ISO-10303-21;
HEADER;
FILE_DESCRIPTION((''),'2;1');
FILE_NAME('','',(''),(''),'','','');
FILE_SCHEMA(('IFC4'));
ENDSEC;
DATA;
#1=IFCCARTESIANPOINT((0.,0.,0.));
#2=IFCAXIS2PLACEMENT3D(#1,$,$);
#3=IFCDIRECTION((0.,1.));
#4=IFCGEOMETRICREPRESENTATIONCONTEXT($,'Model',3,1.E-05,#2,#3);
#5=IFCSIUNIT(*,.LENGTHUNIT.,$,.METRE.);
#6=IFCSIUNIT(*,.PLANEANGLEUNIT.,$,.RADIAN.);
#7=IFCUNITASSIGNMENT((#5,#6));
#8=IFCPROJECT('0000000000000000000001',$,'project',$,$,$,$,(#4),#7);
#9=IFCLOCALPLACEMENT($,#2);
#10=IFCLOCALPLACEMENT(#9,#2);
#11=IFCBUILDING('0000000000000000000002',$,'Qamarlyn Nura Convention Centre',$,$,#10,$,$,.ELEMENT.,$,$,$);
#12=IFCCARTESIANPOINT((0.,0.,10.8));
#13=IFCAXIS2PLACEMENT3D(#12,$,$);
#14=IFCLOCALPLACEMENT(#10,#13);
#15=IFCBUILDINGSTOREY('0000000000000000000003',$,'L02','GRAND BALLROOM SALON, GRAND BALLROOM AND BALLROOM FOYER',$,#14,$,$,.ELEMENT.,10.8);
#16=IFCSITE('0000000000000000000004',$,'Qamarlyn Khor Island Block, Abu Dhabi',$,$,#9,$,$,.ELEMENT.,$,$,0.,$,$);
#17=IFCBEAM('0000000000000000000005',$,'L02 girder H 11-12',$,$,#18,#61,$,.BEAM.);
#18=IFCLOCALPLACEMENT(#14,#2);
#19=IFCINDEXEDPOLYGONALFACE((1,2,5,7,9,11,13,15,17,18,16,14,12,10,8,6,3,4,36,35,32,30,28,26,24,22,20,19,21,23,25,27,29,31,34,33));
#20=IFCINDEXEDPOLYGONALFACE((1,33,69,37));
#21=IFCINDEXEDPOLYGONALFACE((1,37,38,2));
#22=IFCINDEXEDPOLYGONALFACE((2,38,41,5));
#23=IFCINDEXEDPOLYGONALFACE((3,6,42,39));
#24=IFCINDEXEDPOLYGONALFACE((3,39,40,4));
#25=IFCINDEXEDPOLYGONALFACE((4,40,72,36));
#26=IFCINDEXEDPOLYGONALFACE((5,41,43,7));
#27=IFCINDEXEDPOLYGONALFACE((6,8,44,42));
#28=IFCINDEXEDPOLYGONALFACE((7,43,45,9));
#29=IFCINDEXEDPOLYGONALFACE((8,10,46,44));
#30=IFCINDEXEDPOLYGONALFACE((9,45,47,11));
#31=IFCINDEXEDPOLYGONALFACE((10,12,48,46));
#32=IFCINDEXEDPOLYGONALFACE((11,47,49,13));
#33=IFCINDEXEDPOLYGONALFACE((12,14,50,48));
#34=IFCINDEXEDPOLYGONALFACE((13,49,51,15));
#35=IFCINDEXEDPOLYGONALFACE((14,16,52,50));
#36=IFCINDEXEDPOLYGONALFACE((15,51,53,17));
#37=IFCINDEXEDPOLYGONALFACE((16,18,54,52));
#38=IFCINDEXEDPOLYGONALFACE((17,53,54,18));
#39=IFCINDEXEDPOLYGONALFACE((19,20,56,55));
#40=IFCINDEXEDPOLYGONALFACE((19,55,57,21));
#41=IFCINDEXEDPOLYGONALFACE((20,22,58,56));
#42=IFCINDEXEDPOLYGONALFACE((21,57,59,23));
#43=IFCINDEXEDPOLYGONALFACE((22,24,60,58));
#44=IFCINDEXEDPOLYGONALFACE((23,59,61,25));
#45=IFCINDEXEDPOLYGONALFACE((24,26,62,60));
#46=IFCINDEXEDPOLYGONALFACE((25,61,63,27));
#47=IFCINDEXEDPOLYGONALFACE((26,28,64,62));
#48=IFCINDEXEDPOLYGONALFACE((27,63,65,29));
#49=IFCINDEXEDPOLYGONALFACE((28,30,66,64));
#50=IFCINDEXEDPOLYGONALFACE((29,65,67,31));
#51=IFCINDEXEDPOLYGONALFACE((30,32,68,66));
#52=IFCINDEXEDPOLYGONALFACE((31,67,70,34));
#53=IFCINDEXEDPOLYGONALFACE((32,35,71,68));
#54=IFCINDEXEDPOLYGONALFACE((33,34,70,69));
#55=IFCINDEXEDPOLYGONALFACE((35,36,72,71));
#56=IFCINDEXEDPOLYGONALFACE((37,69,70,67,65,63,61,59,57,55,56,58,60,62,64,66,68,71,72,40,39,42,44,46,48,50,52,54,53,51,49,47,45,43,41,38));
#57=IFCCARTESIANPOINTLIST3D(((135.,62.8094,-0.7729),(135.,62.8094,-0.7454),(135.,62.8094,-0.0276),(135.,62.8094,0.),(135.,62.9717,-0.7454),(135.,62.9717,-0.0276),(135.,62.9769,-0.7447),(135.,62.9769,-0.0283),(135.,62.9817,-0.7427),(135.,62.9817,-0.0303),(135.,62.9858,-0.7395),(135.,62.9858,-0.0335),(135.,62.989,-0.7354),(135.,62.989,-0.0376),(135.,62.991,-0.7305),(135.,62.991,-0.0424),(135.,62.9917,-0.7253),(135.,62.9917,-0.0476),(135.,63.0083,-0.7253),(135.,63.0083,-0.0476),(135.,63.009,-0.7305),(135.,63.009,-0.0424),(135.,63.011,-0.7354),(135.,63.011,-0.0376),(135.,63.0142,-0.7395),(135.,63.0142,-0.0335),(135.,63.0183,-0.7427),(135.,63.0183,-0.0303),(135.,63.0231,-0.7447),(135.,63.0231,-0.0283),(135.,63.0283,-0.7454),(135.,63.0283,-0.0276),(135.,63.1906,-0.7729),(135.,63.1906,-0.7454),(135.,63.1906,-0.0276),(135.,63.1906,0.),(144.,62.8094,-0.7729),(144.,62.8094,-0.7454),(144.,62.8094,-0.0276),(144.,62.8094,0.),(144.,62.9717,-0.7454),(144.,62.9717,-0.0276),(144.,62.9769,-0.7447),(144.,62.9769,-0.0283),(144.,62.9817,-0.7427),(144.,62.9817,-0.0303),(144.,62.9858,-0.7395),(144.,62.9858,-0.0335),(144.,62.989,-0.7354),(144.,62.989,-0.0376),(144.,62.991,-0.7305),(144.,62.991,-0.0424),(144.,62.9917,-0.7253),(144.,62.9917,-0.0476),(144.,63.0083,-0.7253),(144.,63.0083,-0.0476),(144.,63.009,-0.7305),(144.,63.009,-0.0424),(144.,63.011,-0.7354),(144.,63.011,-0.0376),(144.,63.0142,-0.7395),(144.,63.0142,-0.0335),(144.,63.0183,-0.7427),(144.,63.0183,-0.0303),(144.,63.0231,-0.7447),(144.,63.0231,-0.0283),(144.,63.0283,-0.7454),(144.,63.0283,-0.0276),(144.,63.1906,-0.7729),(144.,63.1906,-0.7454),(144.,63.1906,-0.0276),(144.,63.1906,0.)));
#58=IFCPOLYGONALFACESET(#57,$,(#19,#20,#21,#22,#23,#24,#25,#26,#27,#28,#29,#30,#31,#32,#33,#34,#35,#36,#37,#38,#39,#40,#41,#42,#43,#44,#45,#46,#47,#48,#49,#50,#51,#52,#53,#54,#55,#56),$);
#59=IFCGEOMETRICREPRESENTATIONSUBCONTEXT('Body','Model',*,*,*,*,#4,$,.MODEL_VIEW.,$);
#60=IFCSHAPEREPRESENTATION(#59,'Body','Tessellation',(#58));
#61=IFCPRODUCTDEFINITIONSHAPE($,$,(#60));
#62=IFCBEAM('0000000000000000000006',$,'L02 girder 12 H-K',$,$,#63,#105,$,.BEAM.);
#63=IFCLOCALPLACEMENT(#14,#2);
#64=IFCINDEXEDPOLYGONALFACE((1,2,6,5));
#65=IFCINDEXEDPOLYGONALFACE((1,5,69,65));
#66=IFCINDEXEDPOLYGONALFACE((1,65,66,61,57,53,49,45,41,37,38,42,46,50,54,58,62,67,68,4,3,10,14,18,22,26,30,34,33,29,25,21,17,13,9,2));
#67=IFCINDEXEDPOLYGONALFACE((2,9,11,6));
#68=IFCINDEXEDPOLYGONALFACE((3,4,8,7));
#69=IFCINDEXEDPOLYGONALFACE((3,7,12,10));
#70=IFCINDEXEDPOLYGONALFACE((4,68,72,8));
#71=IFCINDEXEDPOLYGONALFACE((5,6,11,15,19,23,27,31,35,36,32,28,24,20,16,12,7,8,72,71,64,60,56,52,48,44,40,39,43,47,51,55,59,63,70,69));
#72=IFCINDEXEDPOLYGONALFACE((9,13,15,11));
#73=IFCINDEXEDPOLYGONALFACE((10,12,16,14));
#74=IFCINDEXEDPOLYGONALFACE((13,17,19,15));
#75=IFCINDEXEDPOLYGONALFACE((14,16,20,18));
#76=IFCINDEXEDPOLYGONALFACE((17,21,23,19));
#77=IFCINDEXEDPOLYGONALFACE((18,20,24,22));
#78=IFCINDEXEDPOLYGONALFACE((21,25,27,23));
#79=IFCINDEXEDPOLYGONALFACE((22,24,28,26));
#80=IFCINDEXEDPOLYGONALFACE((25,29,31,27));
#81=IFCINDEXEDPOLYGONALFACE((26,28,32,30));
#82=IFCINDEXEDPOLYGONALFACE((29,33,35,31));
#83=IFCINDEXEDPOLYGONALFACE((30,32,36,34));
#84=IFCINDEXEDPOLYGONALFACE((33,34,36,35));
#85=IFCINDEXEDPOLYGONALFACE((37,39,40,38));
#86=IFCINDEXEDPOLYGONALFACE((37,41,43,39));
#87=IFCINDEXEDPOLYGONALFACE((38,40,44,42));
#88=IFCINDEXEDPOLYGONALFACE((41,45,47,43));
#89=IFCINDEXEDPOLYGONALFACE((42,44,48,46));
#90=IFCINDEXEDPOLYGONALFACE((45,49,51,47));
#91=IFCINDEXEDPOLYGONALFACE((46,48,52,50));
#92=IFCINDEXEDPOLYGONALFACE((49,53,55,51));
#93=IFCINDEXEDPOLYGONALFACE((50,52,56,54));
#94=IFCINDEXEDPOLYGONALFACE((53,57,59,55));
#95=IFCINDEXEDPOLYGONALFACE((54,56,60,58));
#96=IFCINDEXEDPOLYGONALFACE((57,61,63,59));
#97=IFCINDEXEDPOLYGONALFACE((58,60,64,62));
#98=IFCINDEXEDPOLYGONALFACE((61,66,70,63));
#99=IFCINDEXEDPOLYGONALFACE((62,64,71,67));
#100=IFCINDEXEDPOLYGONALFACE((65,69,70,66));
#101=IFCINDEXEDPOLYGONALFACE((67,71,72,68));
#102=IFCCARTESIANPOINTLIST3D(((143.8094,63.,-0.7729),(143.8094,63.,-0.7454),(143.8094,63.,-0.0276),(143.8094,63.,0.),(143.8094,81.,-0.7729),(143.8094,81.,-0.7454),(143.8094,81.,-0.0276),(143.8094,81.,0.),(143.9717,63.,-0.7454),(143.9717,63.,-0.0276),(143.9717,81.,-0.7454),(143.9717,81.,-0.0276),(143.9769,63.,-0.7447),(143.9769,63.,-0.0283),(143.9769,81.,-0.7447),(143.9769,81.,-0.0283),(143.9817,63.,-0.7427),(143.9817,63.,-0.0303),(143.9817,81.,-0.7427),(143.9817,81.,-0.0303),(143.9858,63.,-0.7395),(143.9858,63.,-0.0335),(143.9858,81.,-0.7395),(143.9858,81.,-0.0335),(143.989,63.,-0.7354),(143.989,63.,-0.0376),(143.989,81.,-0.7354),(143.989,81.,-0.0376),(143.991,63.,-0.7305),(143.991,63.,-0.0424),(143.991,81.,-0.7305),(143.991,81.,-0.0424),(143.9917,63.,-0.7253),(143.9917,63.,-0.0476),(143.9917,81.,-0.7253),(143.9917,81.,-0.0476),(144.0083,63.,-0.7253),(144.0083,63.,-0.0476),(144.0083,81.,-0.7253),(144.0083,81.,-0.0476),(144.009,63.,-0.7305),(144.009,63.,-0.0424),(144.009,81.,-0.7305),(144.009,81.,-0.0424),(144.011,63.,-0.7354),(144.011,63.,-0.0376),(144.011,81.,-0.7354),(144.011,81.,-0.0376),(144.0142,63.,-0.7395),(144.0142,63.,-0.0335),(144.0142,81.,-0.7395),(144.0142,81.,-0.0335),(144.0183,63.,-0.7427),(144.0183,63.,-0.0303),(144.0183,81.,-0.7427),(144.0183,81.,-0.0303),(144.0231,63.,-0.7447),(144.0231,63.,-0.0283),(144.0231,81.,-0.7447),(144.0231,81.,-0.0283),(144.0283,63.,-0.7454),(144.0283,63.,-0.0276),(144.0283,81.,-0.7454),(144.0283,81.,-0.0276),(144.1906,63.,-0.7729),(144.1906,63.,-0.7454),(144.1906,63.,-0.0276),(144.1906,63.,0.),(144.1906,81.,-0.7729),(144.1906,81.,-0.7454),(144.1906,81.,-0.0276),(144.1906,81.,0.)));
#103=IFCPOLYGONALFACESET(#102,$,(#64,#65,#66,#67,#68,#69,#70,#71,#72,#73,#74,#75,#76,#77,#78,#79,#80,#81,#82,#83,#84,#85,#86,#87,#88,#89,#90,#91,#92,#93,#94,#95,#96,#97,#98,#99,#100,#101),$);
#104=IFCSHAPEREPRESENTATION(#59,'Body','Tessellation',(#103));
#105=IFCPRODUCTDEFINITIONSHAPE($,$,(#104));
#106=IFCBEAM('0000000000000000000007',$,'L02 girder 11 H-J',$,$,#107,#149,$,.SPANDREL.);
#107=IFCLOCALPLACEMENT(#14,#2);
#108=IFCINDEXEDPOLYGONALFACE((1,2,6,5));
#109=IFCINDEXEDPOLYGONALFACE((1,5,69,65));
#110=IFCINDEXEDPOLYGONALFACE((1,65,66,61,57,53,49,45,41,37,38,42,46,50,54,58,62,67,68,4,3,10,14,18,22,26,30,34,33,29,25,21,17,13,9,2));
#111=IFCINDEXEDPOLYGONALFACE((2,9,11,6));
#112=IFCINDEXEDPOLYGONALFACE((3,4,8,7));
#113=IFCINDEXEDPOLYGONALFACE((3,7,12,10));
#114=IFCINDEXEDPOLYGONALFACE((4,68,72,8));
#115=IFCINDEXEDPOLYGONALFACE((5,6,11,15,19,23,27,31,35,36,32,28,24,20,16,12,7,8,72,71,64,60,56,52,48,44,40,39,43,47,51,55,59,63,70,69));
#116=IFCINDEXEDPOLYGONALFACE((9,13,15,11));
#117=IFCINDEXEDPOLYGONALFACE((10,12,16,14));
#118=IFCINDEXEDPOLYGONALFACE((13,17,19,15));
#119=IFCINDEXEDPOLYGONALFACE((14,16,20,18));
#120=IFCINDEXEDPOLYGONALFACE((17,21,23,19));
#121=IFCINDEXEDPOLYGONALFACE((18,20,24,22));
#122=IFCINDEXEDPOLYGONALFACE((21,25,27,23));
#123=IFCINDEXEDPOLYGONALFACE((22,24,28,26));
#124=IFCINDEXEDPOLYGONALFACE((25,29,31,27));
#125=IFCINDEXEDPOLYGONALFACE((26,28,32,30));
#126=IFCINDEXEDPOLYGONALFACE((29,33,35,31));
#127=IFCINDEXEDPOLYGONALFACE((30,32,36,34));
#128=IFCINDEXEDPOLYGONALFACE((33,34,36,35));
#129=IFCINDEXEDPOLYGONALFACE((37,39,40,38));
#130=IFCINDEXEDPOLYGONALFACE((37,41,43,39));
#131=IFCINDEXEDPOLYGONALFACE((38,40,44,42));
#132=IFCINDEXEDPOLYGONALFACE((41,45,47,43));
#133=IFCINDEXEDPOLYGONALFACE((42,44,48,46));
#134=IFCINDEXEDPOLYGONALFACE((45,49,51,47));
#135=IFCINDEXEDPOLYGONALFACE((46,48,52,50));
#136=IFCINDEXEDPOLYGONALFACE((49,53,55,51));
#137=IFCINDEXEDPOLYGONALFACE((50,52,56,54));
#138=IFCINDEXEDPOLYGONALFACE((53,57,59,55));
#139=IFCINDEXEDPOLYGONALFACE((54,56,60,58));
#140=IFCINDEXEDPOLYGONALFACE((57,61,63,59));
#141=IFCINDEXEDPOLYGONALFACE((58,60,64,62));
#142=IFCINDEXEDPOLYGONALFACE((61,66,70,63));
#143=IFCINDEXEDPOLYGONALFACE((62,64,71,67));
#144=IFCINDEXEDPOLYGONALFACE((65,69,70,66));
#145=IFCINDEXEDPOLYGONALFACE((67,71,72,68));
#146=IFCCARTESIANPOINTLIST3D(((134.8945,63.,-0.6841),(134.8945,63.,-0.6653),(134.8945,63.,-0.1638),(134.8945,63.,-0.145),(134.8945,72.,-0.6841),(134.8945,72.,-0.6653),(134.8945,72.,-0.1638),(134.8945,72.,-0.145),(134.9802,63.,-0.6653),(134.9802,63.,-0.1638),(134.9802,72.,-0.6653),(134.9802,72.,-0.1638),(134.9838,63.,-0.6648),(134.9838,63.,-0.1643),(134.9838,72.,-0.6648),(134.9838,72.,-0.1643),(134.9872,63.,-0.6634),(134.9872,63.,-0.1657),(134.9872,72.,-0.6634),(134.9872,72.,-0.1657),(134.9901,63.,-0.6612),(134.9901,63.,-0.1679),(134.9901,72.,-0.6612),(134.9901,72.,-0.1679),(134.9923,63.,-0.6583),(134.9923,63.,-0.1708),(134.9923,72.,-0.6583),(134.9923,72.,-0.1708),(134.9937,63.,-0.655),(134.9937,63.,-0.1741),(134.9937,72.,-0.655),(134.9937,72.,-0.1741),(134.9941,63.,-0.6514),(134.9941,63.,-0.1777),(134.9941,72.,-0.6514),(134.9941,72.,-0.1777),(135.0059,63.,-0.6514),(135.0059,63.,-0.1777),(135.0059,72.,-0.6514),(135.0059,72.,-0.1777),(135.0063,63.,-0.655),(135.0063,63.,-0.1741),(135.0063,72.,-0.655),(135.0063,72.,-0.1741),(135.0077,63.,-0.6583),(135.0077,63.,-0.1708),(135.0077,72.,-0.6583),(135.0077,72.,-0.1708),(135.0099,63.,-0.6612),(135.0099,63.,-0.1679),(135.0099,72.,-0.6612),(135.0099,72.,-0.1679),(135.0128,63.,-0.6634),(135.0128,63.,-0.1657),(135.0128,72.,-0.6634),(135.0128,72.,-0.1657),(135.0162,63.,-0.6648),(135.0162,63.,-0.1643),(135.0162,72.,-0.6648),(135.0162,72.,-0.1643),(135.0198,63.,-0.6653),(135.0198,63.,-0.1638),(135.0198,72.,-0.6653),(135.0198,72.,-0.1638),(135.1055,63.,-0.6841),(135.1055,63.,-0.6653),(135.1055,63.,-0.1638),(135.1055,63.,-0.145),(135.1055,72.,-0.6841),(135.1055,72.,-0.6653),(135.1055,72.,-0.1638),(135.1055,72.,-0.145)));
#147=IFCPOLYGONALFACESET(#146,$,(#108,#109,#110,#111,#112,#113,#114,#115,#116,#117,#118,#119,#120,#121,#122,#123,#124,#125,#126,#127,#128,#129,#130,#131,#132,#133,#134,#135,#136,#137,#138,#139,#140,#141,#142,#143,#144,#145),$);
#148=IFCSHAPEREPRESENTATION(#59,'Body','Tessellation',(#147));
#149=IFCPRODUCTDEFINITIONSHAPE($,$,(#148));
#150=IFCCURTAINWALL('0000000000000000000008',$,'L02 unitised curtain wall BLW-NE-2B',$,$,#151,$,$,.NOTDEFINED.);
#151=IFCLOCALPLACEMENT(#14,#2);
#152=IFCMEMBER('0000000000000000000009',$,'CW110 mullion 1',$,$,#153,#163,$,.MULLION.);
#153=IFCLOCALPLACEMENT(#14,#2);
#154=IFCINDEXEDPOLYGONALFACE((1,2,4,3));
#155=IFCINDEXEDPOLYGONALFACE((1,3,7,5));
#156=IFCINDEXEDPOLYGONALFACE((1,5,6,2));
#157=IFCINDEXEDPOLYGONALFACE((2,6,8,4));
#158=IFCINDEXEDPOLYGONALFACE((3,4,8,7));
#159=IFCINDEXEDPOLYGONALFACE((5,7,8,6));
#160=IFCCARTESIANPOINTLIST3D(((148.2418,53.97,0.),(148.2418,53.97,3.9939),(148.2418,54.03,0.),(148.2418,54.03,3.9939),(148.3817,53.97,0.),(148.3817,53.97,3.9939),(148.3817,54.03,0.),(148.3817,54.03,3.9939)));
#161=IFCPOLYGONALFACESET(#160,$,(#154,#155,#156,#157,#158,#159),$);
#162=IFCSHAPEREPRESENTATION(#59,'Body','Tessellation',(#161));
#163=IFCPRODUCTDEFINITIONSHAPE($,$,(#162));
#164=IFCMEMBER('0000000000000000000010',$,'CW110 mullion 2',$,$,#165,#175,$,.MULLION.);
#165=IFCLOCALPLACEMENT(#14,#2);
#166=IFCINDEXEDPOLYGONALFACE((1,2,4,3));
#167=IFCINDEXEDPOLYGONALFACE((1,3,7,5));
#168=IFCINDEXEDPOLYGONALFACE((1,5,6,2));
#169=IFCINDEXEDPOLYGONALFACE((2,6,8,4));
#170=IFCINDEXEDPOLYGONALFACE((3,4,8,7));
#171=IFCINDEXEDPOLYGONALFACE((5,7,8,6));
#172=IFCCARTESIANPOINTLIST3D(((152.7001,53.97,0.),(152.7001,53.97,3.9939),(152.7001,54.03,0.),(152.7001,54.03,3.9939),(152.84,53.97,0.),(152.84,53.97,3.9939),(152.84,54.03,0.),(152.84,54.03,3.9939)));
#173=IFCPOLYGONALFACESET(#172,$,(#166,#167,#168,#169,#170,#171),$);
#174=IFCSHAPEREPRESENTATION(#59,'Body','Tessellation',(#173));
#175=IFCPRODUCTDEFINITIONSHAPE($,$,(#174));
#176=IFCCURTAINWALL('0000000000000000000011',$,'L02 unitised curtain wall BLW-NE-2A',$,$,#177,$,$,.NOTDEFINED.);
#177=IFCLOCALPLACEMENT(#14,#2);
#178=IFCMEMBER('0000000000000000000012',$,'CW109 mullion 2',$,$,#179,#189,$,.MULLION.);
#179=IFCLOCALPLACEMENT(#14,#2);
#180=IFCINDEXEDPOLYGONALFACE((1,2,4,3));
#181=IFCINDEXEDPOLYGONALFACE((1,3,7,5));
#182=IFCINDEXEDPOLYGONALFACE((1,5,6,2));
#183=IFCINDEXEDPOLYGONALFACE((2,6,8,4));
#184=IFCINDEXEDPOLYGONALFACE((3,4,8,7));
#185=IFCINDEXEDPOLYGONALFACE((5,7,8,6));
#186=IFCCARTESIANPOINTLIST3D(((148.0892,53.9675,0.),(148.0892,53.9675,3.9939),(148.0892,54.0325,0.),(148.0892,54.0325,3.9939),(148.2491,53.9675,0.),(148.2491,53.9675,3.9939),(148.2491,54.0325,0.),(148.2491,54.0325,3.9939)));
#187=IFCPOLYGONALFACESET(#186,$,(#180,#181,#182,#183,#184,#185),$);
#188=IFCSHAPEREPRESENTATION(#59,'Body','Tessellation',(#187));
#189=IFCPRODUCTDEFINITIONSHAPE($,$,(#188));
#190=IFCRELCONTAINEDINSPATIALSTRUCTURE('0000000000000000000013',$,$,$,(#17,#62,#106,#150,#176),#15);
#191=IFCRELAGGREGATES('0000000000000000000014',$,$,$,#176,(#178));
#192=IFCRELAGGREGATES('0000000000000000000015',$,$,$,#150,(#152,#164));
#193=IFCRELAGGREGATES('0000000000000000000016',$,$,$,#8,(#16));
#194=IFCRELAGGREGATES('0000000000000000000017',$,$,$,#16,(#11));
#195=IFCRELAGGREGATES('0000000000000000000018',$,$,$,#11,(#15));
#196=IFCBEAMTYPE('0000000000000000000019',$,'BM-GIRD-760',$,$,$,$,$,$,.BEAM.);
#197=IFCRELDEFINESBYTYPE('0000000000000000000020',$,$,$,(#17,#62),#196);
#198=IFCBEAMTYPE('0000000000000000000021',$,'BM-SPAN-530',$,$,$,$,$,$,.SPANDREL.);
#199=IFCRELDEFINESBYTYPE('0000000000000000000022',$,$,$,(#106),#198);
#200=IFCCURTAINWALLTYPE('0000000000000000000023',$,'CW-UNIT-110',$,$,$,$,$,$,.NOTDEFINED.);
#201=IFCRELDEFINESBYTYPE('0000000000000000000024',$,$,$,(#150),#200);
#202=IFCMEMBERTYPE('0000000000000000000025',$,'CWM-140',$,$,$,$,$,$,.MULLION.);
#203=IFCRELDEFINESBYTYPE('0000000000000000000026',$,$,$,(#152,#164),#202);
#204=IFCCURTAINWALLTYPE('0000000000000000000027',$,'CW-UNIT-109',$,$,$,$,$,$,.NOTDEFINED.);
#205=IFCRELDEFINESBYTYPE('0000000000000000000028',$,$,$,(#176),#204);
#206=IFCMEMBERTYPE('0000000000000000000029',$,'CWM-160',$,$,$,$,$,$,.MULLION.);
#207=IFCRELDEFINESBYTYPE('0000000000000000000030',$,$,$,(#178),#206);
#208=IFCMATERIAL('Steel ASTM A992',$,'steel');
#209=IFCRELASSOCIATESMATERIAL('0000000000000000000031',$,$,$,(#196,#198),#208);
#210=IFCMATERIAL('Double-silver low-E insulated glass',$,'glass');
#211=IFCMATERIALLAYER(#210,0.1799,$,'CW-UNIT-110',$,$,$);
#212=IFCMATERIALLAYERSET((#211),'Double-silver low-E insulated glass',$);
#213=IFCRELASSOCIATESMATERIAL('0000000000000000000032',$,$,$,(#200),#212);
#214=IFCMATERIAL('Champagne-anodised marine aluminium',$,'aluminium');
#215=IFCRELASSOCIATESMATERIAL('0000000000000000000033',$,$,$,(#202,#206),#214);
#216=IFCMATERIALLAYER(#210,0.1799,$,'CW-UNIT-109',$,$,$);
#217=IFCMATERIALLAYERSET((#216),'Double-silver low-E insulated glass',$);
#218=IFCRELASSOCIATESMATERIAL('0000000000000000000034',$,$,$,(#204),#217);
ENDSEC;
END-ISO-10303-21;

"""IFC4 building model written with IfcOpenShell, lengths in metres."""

from ifc_helpers import new_model, si_unit, direction, frame, origin, origin_2d, place, context, subcontext, project, spatial, rectangle, i_section, extrude, material, layer, layer_set, material_profile, profile_set, type_object, element, aggregate, save


model = new_model("IFC4")

# Units and contexts
model_context = context("Model", 3, precision=1e-05, world=origin(), true_north=direction((0.0, 1.0)))
body_context = subcontext(model_context, "Body", "Model", "MODEL_VIEW")
ifc_project = project(units=[si_unit("LENGTHUNIT", "METRE"), si_unit("PLANEANGLEUNIT", "RADIAN")], contexts=[model_context])

# Site, building, storey
site_placement = place(None, origin())
site = spatial("IfcSite", under=ifc_project, at=site_placement, Name="Qamarlyn Khor Island Block, Abu Dhabi", CompositionType="ELEMENT", RefElevation=0.0)
building_placement = place(site_placement, origin())
building = spatial("IfcBuilding", under=site, at=building_placement, Name="Qamarlyn Nura Convention Centre", CompositionType="ELEMENT")
storey_placement = place(building_placement, frame((0.0, 0.0, 10.8)))
storey = spatial("IfcBuildingStorey", under=building, at=storey_placement, Name="L02", Description="GRAND BALLROOM SALON, GRAND BALLROOM AND BALLROOM FOYER", CompositionType="ELEMENT", Elevation=10.8)

# Beams
ifc_material_1 = material(Name="Steel ASTM A992", Category="steel")
ifc_material_profile_1 = material_profile(ifc_material_1, i_section(OverallWidth=0.3811, OverallDepth=0.7729, WebThickness=0.0166, FlangeThickness=0.0276, FilletRadius=0.02, at=origin_2d()), Name="W760X257")
ifc_profile_set_1 = profile_set([ifc_material_profile_1], Name="Steel ASTM A992")
beam_type_1 = type_object("IfcBeamType", Name="BM-GIRD-760", PredefinedType="BEAM", material=ifc_profile_set_1)
beam_1_placement = place(storey_placement, frame((135.0, 63.0, -0.3865), z_axis=(1.0, 0.0, 0.0), x_axis=(0.0, 1.0, 0.0)))
element("IfcBeam", 1, at=beam_1_placement, inside=storey, type_object=beam_type_1, Name="L02 girder H 11-12", PredefinedType="BEAM", context=body_context, shape_type="SweptSolid", body=[
    extrude(i_section(OverallWidth=0.3811, OverallDepth=0.7729, WebThickness=0.0166, FlangeThickness=0.0276, FilletRadius=0.02, at=origin_2d()), origin(), (0.0, 0.0, 1.0), 9.0),
])
beam_2_placement = place(storey_placement, frame((144.0, 63.0, -0.3865), z_axis=(0.0, 1.0, 0.0), x_axis=(-1.0, 0.0, 0.0)))
element("IfcBeam", 2, at=beam_2_placement, inside=storey, type_object=beam_type_1, Name="L02 girder 12 H-K", PredefinedType="BEAM", context=body_context, shape_type="SweptSolid", body=[
    extrude(i_section(OverallWidth=0.3811, OverallDepth=0.7729, WebThickness=0.0166, FlangeThickness=0.0276, FilletRadius=0.02, at=origin_2d()), origin(), (0.0, 0.0, 1.0), 18.0),
])
ifc_material_profile_2 = material_profile(ifc_material_1, i_section(OverallWidth=0.2109, OverallDepth=0.5391, WebThickness=0.0117, FlangeThickness=0.0188, FilletRadius=0.0139, at=origin_2d()), Name="W530X109")
ifc_profile_set_2 = profile_set([ifc_material_profile_2], Name="Steel ASTM A992")
beam_type_2 = type_object("IfcBeamType", Name="BM-SPAN-530", PredefinedType="SPANDREL", material=ifc_profile_set_2)
beam_3_placement = place(storey_placement, frame((135.0, 63.0, -0.4146), z_axis=(0.0, 1.0, 0.0), x_axis=(-1.0, 0.0, 0.0)))
element("IfcBeam", 3, at=beam_3_placement, inside=storey, type_object=beam_type_2, Name="L02 girder 11 H-J", PredefinedType="SPANDREL", context=body_context, shape_type="SweptSolid", body=[
    extrude(i_section(OverallWidth=0.2109, OverallDepth=0.5391, WebThickness=0.0117, FlangeThickness=0.0188, FilletRadius=0.0139, at=origin_2d()), origin(), (0.0, 0.0, 1.0), 9.0),
])

# Curtain wall, members
ifc_material_2 = material(Name="Double-silver low-E insulated glass", Category="glass")
ifc_layer_1 = layer(ifc_material_2, 0.1799, Name="CW-UNIT-110")
ifc_layer_set_1 = layer_set([ifc_layer_1], Name="Double-silver low-E insulated glass")
curtain_wall_type_1 = type_object("IfcCurtainWallType", Name="CW-UNIT-110", PredefinedType="NOTDEFINED", material=ifc_layer_set_1)
curtain_wall_1_placement = place(storey_placement, origin())
curtain_wall_1 = element("IfcCurtainWall", 4, at=curtain_wall_1_placement, inside=storey, type_object=curtain_wall_type_1, Name="L02 unitised curtain wall BLW-NE-2B", PredefinedType="NOTDEFINED")
ifc_material_3 = material(Name="Champagne-anodised marine aluminium", Category="aluminium")
ifc_material_profile_3 = material_profile(ifc_material_3, rectangle(XDim=0.0601, YDim=0.1399, at=origin_2d()), Name="ALU MULLION 60x140")
ifc_profile_set_3 = profile_set([ifc_material_profile_3], Name="Champagne-anodised marine aluminium")
member_type_1 = type_object("IfcMemberType", Name="CWM-140", PredefinedType="MULLION", material=ifc_profile_set_3)
member_1_placement = place(storey_placement, frame((148.3118, 54.0, 0.0), z_axis=(0.0, 0.0, 1.0), x_axis=(0.0, 1.0, 0.0)))
member_1 = element("IfcMember", 5, at=member_1_placement, type_object=member_type_1, Name="CW110 mullion 1", PredefinedType="MULLION", context=body_context, shape_type="SweptSolid", body=[
    extrude(rectangle(XDim=0.0601, YDim=0.1399, at=origin_2d()), origin(), (0.0, 0.0, 1.0), 3.9939),
])
member_2_placement = place(storey_placement, frame((152.77, 54.0, 0.0), z_axis=(0.0, 0.0, 1.0), x_axis=(0.0, 1.0, 0.0)))
member_2 = element("IfcMember", 6, at=member_2_placement, type_object=member_type_1, Name="CW110 mullion 2", PredefinedType="MULLION", context=body_context, shape_type="SweptSolid", body=[
    extrude(rectangle(XDim=0.0601, YDim=0.1399, at=origin_2d()), origin(), (0.0, 0.0, 1.0), 3.9939),
])

# Curtain wall, member
ifc_layer_2 = layer(ifc_material_2, 0.1799, Name="CW-UNIT-109")
ifc_layer_set_2 = layer_set([ifc_layer_2], Name="Double-silver low-E insulated glass")
curtain_wall_type_2 = type_object("IfcCurtainWallType", Name="CW-UNIT-109", PredefinedType="NOTDEFINED", material=ifc_layer_set_2)
curtain_wall_2_placement = place(storey_placement, origin())
curtain_wall_2 = element("IfcCurtainWall", 7, at=curtain_wall_2_placement, inside=storey, type_object=curtain_wall_type_2, Name="L02 unitised curtain wall BLW-NE-2A", PredefinedType="NOTDEFINED")
ifc_material_profile_4 = material_profile(ifc_material_3, rectangle(XDim=0.0649, YDim=0.1599, at=origin_2d()), Name="ALU MULLION 65x160")
ifc_profile_set_4 = profile_set([ifc_material_profile_4], Name="Champagne-anodised marine aluminium")
member_type_2 = type_object("IfcMemberType", Name="CWM-160", PredefinedType="MULLION", material=ifc_profile_set_4)
member_3_placement = place(storey_placement, frame((148.1692, 54.0, 0.0), z_axis=(0.0, 0.0, 1.0), x_axis=(0.0, 1.0, 0.0)))
member_3 = element("IfcMember", 8, at=member_3_placement, type_object=member_type_2, Name="CW109 mullion 2", PredefinedType="MULLION", context=body_context, shape_type="SweptSolid", body=[
    extrude(rectangle(XDim=0.0649, YDim=0.1599, at=origin_2d()), origin(), (0.0, 0.0, 1.0), 3.9939),
])

aggregate(curtain_wall_2, [member_3])
aggregate(curtain_wall_1, [member_1, member_2])

save(model, "model.ifc")
